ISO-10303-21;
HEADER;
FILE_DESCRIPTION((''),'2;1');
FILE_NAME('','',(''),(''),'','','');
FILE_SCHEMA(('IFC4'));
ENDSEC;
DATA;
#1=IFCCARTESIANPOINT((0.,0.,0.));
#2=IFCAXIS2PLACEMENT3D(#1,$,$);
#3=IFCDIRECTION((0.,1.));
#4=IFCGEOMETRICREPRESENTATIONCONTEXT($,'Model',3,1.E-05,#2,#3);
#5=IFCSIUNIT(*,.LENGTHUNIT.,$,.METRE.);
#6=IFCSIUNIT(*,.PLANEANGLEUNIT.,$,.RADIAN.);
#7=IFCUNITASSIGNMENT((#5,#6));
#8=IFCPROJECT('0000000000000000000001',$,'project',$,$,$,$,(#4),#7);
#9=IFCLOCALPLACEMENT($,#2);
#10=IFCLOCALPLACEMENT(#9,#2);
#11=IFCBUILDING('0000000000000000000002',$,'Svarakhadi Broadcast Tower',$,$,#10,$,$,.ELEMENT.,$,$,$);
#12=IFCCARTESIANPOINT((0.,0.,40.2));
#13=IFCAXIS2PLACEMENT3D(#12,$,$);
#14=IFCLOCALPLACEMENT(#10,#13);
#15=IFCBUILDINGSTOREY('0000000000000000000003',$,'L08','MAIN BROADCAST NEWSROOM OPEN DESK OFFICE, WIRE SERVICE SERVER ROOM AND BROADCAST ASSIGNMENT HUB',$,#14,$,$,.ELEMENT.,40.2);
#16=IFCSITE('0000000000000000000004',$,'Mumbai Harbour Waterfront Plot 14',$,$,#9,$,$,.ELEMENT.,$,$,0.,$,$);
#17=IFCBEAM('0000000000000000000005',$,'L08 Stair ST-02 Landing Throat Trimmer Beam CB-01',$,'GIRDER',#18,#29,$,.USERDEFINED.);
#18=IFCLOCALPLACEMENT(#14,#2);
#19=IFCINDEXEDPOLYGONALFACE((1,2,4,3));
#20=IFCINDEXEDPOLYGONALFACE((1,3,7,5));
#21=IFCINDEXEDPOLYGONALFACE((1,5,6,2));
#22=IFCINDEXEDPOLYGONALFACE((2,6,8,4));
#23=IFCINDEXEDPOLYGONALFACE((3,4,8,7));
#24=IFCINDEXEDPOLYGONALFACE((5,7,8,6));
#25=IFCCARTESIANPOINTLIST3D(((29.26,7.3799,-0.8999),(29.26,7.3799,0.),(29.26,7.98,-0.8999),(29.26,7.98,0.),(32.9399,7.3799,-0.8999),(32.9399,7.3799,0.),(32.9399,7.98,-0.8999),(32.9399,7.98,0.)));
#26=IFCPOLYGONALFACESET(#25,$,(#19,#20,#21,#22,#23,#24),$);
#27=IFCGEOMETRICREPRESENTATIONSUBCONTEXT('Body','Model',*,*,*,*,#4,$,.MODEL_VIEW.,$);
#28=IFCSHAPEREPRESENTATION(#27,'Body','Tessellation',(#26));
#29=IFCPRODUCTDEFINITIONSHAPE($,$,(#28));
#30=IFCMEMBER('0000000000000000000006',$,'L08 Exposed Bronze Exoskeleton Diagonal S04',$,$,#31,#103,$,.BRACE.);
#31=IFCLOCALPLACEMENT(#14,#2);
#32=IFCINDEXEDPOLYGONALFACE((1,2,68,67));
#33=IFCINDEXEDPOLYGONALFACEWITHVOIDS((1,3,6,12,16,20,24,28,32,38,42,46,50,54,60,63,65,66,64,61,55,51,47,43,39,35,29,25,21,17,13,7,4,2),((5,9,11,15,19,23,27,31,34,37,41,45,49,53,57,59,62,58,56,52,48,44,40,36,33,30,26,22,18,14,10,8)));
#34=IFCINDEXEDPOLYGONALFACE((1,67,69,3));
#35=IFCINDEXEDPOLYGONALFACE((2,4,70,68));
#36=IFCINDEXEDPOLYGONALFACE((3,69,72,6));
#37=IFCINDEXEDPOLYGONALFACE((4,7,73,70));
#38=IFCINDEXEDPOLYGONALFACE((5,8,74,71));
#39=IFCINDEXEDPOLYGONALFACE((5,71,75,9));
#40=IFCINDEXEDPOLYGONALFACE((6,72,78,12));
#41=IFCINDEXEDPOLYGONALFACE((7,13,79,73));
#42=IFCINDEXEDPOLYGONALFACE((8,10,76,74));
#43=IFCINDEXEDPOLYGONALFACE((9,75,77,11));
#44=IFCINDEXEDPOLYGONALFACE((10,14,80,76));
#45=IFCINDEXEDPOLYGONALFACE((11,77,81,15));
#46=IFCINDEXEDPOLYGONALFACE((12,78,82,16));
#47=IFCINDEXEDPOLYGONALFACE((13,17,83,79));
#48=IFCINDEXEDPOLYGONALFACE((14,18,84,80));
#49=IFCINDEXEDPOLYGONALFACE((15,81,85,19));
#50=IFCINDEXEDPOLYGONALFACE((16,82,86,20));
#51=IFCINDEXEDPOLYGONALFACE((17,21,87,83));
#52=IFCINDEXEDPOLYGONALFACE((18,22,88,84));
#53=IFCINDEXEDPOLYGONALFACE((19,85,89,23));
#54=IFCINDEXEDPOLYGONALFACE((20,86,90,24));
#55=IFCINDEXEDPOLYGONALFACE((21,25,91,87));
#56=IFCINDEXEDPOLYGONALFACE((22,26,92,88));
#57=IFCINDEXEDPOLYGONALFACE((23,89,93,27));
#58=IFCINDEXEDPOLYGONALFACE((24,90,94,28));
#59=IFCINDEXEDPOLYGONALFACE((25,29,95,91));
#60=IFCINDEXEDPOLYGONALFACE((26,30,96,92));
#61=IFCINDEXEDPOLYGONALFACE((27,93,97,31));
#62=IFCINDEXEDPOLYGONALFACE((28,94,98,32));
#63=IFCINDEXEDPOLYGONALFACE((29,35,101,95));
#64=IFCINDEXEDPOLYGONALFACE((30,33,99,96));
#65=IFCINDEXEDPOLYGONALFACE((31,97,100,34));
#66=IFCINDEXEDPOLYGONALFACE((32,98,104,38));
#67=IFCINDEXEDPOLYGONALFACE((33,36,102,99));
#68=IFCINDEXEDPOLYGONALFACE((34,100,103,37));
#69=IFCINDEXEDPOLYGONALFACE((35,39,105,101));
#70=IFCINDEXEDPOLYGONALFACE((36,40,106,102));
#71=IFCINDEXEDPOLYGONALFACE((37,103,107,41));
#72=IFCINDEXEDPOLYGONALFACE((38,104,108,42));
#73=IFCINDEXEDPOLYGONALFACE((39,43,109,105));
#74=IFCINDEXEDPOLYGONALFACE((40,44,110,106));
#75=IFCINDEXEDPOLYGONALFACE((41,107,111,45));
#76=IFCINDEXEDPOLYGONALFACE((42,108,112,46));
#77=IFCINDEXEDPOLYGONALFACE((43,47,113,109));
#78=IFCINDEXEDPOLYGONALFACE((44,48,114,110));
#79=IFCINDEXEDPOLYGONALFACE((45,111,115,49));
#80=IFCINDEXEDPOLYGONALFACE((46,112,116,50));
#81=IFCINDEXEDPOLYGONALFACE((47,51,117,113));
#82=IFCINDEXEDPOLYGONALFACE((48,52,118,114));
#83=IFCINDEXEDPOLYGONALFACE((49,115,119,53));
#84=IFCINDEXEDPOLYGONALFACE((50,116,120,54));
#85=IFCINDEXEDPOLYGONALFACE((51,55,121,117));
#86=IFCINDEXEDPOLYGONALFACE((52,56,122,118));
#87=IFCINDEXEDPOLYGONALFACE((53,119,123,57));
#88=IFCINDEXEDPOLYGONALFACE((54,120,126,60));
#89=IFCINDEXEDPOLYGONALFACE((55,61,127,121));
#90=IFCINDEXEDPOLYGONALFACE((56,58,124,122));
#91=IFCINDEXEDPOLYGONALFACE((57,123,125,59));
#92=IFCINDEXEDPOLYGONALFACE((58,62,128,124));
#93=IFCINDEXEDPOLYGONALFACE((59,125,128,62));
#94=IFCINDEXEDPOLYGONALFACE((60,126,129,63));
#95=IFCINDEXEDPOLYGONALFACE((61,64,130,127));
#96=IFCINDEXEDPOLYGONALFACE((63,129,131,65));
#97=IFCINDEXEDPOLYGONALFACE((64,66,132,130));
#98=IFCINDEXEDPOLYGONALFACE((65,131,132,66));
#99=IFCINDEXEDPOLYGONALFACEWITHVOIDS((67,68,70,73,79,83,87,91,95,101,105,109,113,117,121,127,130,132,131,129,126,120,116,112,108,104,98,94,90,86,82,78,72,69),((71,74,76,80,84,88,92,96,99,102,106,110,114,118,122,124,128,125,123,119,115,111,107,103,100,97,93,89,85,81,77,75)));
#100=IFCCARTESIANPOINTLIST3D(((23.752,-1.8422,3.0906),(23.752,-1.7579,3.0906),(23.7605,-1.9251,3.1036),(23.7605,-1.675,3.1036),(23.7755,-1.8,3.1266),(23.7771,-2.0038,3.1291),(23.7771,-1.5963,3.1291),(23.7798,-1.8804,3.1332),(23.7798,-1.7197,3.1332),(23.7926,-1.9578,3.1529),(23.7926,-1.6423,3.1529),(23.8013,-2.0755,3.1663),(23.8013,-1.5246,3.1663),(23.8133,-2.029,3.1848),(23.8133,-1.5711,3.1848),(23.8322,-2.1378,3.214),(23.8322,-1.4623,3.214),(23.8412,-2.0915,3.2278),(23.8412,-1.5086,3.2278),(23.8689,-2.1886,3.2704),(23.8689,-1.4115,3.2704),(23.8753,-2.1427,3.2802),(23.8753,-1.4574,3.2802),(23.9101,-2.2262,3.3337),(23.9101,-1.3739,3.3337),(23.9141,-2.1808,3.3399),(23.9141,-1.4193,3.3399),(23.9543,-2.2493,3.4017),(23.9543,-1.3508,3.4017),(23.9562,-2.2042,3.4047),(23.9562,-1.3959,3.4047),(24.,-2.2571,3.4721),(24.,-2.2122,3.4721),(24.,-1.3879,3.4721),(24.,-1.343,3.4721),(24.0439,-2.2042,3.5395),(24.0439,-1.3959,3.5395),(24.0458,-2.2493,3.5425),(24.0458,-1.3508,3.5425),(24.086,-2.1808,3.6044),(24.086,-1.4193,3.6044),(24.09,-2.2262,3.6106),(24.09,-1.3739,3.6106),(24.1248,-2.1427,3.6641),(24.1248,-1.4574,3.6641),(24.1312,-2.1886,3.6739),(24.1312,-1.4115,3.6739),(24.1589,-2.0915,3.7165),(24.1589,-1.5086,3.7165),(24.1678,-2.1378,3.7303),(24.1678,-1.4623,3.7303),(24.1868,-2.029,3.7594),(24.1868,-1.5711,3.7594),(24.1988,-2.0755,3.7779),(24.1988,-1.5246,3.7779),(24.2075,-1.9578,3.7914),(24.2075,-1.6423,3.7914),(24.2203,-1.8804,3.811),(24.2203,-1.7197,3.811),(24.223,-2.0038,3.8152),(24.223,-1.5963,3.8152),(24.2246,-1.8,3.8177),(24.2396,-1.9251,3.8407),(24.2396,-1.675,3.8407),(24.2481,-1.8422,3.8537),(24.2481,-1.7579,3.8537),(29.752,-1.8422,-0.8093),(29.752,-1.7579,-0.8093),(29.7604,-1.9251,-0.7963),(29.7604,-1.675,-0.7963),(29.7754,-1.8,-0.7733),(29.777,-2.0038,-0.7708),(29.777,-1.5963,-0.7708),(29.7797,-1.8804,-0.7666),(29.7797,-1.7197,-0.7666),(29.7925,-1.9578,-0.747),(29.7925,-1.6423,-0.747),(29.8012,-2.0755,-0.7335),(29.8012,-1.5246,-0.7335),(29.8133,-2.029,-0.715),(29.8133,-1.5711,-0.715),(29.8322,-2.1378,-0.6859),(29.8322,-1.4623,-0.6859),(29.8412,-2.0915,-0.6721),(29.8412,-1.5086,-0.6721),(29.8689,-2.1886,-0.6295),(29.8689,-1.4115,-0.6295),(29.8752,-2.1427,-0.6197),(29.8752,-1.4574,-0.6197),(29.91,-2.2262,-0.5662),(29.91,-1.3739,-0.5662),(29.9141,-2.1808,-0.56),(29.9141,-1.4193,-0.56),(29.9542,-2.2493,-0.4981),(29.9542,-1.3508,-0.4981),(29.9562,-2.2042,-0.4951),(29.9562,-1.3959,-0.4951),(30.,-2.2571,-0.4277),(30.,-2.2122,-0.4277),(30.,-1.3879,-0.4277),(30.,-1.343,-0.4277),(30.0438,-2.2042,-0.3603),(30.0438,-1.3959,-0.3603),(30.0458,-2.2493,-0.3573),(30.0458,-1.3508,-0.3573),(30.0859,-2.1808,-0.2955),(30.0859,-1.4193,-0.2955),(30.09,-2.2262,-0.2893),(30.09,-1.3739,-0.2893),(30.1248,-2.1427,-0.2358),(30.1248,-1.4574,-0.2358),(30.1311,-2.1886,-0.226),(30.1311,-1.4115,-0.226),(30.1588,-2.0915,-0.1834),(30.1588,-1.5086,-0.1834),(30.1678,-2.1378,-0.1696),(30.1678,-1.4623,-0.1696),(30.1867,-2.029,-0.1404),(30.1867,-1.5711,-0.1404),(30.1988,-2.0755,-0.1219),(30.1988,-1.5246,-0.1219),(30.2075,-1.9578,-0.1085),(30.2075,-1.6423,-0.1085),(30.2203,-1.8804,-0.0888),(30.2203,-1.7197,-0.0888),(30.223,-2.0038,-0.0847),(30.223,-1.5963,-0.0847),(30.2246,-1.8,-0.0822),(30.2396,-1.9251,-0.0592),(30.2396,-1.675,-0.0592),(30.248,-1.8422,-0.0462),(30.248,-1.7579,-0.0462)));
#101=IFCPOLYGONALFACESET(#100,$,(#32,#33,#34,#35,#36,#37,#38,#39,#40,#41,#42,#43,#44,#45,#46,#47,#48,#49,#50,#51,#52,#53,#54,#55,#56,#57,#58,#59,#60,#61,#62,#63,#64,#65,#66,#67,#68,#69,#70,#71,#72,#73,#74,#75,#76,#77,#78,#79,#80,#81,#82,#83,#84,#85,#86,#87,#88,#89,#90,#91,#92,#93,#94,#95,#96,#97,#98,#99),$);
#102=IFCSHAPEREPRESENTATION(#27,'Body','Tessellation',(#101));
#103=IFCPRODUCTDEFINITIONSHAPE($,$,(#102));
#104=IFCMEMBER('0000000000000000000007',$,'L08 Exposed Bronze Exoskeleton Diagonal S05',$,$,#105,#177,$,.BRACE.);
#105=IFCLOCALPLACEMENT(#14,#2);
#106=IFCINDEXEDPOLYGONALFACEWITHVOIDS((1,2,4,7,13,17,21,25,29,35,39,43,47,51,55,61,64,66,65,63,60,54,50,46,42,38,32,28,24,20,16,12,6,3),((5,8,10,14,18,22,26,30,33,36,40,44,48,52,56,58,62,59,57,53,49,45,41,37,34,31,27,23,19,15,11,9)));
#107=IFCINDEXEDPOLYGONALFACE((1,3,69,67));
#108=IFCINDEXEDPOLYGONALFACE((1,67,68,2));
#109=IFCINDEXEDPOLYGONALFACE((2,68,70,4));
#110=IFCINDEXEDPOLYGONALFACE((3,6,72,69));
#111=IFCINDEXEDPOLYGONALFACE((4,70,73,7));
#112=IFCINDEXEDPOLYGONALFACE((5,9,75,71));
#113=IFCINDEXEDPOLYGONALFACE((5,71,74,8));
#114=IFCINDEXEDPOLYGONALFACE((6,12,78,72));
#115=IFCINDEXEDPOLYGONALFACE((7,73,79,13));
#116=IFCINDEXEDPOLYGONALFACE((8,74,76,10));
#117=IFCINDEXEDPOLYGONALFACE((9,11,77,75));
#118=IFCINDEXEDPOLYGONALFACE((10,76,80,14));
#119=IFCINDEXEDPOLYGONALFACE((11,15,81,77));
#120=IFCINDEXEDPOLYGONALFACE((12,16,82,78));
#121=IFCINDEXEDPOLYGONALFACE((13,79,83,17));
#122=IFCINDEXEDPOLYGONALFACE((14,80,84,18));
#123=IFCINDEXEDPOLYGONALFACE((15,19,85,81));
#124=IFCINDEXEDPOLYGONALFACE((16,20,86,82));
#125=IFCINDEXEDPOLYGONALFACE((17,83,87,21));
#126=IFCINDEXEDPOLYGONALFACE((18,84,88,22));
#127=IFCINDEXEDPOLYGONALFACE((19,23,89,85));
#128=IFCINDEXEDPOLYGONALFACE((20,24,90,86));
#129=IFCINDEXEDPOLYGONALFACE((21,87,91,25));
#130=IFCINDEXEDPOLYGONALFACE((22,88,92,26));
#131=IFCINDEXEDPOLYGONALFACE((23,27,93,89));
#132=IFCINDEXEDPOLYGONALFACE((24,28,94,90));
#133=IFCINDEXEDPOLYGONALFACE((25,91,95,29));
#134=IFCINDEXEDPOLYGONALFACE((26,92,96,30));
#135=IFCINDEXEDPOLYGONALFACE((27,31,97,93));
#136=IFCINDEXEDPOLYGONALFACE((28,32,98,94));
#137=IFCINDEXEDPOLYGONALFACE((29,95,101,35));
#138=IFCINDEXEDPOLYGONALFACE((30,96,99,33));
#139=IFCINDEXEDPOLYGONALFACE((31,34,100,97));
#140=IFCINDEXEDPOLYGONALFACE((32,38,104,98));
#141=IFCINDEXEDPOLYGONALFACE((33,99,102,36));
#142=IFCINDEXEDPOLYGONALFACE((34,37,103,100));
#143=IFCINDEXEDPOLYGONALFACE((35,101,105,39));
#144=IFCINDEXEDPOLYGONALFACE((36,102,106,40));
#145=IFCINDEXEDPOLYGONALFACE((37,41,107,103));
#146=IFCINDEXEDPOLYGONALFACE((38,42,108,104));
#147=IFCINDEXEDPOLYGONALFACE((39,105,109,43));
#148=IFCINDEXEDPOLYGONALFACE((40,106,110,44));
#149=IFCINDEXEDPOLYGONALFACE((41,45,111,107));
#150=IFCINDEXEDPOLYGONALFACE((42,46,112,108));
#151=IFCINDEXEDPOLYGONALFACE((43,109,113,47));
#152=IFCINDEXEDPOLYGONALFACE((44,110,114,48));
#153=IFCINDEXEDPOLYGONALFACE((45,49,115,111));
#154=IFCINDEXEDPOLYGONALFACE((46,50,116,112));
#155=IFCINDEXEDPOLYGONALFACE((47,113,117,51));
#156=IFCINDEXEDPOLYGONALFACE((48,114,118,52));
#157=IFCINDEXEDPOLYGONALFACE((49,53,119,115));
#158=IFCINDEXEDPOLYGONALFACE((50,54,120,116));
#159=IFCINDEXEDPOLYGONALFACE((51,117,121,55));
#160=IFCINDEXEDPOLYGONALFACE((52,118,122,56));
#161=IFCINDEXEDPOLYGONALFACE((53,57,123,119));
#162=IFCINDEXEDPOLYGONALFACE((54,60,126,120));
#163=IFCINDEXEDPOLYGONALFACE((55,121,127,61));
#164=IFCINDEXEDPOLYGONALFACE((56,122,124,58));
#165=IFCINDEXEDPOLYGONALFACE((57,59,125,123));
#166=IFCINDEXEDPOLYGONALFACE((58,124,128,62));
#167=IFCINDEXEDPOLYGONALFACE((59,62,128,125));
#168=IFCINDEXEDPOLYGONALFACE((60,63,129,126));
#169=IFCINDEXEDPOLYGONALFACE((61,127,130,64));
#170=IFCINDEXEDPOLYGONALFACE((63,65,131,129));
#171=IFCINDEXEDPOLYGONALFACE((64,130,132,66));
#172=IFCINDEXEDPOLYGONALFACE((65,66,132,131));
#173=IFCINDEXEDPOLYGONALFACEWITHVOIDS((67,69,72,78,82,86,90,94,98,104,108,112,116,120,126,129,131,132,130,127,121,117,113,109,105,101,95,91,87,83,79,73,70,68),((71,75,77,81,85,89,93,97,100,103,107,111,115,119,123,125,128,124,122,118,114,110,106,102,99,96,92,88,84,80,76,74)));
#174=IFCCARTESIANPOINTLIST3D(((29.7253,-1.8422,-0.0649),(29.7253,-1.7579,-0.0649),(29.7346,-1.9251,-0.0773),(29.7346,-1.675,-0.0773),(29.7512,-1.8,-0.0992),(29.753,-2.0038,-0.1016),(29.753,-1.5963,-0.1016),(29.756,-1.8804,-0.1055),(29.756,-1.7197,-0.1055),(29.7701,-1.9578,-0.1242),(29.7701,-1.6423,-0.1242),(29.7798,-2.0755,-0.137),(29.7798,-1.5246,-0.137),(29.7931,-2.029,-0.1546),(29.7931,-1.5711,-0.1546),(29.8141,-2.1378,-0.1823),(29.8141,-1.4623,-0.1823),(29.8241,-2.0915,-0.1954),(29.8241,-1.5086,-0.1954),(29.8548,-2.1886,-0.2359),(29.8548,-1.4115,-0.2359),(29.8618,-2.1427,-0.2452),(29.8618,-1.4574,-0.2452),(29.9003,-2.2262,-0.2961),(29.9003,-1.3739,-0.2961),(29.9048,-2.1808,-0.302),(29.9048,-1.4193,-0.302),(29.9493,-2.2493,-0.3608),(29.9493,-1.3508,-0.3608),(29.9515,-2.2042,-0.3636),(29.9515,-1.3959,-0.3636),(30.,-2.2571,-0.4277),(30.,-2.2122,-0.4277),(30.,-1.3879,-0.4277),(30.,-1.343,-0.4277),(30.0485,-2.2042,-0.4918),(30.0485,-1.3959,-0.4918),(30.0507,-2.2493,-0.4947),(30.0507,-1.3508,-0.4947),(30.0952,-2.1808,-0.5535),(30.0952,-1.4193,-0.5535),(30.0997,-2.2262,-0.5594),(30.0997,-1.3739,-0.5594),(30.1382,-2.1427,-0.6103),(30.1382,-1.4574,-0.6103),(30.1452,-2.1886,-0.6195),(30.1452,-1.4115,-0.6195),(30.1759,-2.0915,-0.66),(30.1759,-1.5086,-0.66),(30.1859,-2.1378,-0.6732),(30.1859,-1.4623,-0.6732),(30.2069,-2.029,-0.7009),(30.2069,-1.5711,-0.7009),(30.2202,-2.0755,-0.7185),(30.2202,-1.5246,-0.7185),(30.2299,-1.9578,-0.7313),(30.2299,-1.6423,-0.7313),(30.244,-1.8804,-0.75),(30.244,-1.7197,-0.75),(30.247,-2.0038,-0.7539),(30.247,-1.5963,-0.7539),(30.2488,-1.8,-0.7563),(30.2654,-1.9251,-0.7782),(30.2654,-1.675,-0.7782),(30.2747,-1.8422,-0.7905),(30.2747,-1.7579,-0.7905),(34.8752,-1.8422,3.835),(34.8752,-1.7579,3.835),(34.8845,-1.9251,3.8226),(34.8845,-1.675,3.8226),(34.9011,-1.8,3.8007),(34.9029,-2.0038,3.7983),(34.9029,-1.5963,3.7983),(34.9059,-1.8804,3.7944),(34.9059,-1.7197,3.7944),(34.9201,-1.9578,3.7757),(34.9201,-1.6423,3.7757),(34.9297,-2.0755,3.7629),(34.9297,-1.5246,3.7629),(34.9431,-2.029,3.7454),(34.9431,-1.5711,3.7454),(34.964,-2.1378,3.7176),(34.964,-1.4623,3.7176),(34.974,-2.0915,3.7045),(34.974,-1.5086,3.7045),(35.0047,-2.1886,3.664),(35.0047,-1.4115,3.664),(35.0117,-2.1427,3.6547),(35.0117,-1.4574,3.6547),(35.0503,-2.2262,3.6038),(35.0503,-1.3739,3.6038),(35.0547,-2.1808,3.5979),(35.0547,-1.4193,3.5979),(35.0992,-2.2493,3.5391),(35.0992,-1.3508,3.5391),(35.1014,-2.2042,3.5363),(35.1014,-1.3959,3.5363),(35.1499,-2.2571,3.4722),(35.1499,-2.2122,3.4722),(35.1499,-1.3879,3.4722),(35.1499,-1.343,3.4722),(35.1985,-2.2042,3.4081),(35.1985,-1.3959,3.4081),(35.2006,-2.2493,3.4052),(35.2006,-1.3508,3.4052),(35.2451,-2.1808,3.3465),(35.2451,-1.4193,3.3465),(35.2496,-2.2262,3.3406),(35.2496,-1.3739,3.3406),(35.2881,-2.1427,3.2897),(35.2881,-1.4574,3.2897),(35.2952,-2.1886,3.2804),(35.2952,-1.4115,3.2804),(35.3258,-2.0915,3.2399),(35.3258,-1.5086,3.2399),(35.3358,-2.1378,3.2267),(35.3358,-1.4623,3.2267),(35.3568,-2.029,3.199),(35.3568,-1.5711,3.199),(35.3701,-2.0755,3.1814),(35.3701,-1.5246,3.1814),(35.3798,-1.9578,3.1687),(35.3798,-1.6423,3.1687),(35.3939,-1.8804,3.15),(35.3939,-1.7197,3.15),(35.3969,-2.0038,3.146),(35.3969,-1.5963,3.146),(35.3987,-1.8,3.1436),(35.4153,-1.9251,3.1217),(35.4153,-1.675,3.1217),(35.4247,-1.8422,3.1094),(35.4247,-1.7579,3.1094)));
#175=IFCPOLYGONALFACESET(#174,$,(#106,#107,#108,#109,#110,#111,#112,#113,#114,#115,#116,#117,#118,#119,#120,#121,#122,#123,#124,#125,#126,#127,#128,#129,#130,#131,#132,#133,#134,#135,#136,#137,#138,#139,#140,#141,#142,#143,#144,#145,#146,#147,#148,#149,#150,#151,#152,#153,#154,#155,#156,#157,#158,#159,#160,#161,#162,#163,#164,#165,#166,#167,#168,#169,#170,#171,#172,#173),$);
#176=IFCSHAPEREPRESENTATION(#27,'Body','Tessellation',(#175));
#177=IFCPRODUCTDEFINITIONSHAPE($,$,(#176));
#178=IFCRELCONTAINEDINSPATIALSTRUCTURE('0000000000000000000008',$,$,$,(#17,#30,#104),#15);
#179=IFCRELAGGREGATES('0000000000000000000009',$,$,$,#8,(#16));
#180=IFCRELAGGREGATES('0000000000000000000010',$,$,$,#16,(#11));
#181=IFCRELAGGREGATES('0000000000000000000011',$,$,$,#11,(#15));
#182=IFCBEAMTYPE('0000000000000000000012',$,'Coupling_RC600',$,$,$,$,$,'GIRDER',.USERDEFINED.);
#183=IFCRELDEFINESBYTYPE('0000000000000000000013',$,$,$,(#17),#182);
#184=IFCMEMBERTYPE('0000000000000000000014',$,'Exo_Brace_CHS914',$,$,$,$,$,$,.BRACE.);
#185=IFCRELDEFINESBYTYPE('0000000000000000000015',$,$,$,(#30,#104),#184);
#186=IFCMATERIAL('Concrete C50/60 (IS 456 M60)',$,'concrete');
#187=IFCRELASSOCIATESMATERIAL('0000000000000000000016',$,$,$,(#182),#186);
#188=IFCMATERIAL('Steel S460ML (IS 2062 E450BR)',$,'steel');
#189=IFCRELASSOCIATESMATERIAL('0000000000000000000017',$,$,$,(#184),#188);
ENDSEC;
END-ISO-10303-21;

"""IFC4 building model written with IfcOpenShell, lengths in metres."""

from ifc_helpers import new_model, si_unit, direction, frame, origin, origin_2d, place, context, subcontext, project, spatial, rectangle, hollow_circle, extrude, material, material_profile, profile_set, type_object, element, save


model = new_model("IFC4")

# Units and contexts
model_context = context("Model", 3, precision=1e-05, world=origin(), true_north=direction((0.0, 1.0)))
body_context = subcontext(model_context, "Body", "Model", "MODEL_VIEW")
ifc_project = project(units=[si_unit("LENGTHUNIT", "METRE"), si_unit("PLANEANGLEUNIT", "RADIAN")], contexts=[model_context])

# Site, building, storey
site_placement = place(None, origin())
site = spatial("IfcSite", under=ifc_project, at=site_placement, Name="Mumbai Harbour Waterfront Plot 14", CompositionType="ELEMENT", RefElevation=0.0)
building_placement = place(site_placement, origin())
building = spatial("IfcBuilding", under=site, at=building_placement, Name="Svarakhadi Broadcast Tower", CompositionType="ELEMENT")
storey_placement = place(building_placement, frame((0.0, 0.0, 40.2)))
storey = spatial("IfcBuildingStorey", under=building, at=storey_placement, Name="L08", Description="MAIN BROADCAST NEWSROOM OPEN DESK OFFICE, WIRE SERVICE SERVER ROOM AND BROADCAST ASSIGNMENT HUB", CompositionType="ELEMENT", Elevation=40.2)

# Shared definitions
ifc_material_1 = material(Name="Steel S460ML (IS 2062 E450BR)", Category="steel")

# Beam
ifc_material_2 = material(Name="Concrete C50/60 (IS 456 M60)", Category="concrete")
ifc_material_profile_1 = material_profile(ifc_material_2, rectangle(XDim=0.6001, YDim=0.8999, at=origin_2d()), Name="RC 600x900")
ifc_profile_set_1 = profile_set([ifc_material_profile_1], Name="Concrete C50/60 (IS 456 M60)")
beam_type_1 = type_object("IfcBeamType", Name="Coupling_RC600", ElementType="GIRDER", PredefinedType="USERDEFINED", material=ifc_profile_set_1)
beam_1_placement = place(storey_placement, frame((29.26, 7.6799, -0.45), z_axis=(1.0, 0.0, 0.0), x_axis=(0.0, 1.0, 0.0)))
element("IfcBeam", 1, at=beam_1_placement, inside=storey, type_object=beam_type_1, Name="L08 Stair ST-02 Landing Throat Trimmer Beam CB-01", ObjectType="GIRDER", PredefinedType="USERDEFINED", context=body_context, shape_type="SweptSolid", body=[
    extrude(rectangle(XDim=0.6001, YDim=0.8999, at=origin_2d()), origin(), (0.0, 0.0, 1.0), 3.6799),
])

# Members
ifc_material_profile_2 = material_profile(ifc_material_1, hollow_circle(Radius=0.457, WallThickness=0.0449, at=origin_2d()), Name="CHS 914x45")
ifc_profile_set_2 = profile_set([ifc_material_profile_2], Name="Steel S460ML (IS 2062 E450BR)")
member_type_1 = type_object("IfcMemberType", Name="Exo_Brace_CHS914", PredefinedType="BRACE", material=ifc_profile_set_2)
member_1_placement = place(storey_placement, frame((30.0, -1.8, -0.4277), z_axis=(-0.83845, 0.0, 0.544979), x_axis=(0.0, -1.0, 0.0)))
element("IfcMember", 2, at=member_1_placement, inside=storey, type_object=member_type_1, Name="L08 Exposed Bronze Exoskeleton Diagonal S04", PredefinedType="BRACE", context=body_context, shape_type="SweptSolid", body=[
    extrude(hollow_circle(Radius=0.457, WallThickness=0.0449, at=origin_2d()), origin(), (0.0, 0.0, 1.0), 7.156),
])
member_2_placement = place(storey_placement, frame((30.0, -1.8, -0.4277), z_axis=(0.797207, 0.0, 0.603706), x_axis=(0.0, 1.0, 0.0)))
element("IfcMember", 3, at=member_2_placement, inside=storey, type_object=member_type_1, Name="L08 Exposed Bronze Exoskeleton Diagonal S05", PredefinedType="BRACE", context=body_context, shape_type="SweptSolid", body=[
    extrude(hollow_circle(Radius=0.457, WallThickness=0.0449, at=origin_2d()), origin(), (0.0, 0.0, 1.0), 6.46),
])

save(model, "model.ifc")
